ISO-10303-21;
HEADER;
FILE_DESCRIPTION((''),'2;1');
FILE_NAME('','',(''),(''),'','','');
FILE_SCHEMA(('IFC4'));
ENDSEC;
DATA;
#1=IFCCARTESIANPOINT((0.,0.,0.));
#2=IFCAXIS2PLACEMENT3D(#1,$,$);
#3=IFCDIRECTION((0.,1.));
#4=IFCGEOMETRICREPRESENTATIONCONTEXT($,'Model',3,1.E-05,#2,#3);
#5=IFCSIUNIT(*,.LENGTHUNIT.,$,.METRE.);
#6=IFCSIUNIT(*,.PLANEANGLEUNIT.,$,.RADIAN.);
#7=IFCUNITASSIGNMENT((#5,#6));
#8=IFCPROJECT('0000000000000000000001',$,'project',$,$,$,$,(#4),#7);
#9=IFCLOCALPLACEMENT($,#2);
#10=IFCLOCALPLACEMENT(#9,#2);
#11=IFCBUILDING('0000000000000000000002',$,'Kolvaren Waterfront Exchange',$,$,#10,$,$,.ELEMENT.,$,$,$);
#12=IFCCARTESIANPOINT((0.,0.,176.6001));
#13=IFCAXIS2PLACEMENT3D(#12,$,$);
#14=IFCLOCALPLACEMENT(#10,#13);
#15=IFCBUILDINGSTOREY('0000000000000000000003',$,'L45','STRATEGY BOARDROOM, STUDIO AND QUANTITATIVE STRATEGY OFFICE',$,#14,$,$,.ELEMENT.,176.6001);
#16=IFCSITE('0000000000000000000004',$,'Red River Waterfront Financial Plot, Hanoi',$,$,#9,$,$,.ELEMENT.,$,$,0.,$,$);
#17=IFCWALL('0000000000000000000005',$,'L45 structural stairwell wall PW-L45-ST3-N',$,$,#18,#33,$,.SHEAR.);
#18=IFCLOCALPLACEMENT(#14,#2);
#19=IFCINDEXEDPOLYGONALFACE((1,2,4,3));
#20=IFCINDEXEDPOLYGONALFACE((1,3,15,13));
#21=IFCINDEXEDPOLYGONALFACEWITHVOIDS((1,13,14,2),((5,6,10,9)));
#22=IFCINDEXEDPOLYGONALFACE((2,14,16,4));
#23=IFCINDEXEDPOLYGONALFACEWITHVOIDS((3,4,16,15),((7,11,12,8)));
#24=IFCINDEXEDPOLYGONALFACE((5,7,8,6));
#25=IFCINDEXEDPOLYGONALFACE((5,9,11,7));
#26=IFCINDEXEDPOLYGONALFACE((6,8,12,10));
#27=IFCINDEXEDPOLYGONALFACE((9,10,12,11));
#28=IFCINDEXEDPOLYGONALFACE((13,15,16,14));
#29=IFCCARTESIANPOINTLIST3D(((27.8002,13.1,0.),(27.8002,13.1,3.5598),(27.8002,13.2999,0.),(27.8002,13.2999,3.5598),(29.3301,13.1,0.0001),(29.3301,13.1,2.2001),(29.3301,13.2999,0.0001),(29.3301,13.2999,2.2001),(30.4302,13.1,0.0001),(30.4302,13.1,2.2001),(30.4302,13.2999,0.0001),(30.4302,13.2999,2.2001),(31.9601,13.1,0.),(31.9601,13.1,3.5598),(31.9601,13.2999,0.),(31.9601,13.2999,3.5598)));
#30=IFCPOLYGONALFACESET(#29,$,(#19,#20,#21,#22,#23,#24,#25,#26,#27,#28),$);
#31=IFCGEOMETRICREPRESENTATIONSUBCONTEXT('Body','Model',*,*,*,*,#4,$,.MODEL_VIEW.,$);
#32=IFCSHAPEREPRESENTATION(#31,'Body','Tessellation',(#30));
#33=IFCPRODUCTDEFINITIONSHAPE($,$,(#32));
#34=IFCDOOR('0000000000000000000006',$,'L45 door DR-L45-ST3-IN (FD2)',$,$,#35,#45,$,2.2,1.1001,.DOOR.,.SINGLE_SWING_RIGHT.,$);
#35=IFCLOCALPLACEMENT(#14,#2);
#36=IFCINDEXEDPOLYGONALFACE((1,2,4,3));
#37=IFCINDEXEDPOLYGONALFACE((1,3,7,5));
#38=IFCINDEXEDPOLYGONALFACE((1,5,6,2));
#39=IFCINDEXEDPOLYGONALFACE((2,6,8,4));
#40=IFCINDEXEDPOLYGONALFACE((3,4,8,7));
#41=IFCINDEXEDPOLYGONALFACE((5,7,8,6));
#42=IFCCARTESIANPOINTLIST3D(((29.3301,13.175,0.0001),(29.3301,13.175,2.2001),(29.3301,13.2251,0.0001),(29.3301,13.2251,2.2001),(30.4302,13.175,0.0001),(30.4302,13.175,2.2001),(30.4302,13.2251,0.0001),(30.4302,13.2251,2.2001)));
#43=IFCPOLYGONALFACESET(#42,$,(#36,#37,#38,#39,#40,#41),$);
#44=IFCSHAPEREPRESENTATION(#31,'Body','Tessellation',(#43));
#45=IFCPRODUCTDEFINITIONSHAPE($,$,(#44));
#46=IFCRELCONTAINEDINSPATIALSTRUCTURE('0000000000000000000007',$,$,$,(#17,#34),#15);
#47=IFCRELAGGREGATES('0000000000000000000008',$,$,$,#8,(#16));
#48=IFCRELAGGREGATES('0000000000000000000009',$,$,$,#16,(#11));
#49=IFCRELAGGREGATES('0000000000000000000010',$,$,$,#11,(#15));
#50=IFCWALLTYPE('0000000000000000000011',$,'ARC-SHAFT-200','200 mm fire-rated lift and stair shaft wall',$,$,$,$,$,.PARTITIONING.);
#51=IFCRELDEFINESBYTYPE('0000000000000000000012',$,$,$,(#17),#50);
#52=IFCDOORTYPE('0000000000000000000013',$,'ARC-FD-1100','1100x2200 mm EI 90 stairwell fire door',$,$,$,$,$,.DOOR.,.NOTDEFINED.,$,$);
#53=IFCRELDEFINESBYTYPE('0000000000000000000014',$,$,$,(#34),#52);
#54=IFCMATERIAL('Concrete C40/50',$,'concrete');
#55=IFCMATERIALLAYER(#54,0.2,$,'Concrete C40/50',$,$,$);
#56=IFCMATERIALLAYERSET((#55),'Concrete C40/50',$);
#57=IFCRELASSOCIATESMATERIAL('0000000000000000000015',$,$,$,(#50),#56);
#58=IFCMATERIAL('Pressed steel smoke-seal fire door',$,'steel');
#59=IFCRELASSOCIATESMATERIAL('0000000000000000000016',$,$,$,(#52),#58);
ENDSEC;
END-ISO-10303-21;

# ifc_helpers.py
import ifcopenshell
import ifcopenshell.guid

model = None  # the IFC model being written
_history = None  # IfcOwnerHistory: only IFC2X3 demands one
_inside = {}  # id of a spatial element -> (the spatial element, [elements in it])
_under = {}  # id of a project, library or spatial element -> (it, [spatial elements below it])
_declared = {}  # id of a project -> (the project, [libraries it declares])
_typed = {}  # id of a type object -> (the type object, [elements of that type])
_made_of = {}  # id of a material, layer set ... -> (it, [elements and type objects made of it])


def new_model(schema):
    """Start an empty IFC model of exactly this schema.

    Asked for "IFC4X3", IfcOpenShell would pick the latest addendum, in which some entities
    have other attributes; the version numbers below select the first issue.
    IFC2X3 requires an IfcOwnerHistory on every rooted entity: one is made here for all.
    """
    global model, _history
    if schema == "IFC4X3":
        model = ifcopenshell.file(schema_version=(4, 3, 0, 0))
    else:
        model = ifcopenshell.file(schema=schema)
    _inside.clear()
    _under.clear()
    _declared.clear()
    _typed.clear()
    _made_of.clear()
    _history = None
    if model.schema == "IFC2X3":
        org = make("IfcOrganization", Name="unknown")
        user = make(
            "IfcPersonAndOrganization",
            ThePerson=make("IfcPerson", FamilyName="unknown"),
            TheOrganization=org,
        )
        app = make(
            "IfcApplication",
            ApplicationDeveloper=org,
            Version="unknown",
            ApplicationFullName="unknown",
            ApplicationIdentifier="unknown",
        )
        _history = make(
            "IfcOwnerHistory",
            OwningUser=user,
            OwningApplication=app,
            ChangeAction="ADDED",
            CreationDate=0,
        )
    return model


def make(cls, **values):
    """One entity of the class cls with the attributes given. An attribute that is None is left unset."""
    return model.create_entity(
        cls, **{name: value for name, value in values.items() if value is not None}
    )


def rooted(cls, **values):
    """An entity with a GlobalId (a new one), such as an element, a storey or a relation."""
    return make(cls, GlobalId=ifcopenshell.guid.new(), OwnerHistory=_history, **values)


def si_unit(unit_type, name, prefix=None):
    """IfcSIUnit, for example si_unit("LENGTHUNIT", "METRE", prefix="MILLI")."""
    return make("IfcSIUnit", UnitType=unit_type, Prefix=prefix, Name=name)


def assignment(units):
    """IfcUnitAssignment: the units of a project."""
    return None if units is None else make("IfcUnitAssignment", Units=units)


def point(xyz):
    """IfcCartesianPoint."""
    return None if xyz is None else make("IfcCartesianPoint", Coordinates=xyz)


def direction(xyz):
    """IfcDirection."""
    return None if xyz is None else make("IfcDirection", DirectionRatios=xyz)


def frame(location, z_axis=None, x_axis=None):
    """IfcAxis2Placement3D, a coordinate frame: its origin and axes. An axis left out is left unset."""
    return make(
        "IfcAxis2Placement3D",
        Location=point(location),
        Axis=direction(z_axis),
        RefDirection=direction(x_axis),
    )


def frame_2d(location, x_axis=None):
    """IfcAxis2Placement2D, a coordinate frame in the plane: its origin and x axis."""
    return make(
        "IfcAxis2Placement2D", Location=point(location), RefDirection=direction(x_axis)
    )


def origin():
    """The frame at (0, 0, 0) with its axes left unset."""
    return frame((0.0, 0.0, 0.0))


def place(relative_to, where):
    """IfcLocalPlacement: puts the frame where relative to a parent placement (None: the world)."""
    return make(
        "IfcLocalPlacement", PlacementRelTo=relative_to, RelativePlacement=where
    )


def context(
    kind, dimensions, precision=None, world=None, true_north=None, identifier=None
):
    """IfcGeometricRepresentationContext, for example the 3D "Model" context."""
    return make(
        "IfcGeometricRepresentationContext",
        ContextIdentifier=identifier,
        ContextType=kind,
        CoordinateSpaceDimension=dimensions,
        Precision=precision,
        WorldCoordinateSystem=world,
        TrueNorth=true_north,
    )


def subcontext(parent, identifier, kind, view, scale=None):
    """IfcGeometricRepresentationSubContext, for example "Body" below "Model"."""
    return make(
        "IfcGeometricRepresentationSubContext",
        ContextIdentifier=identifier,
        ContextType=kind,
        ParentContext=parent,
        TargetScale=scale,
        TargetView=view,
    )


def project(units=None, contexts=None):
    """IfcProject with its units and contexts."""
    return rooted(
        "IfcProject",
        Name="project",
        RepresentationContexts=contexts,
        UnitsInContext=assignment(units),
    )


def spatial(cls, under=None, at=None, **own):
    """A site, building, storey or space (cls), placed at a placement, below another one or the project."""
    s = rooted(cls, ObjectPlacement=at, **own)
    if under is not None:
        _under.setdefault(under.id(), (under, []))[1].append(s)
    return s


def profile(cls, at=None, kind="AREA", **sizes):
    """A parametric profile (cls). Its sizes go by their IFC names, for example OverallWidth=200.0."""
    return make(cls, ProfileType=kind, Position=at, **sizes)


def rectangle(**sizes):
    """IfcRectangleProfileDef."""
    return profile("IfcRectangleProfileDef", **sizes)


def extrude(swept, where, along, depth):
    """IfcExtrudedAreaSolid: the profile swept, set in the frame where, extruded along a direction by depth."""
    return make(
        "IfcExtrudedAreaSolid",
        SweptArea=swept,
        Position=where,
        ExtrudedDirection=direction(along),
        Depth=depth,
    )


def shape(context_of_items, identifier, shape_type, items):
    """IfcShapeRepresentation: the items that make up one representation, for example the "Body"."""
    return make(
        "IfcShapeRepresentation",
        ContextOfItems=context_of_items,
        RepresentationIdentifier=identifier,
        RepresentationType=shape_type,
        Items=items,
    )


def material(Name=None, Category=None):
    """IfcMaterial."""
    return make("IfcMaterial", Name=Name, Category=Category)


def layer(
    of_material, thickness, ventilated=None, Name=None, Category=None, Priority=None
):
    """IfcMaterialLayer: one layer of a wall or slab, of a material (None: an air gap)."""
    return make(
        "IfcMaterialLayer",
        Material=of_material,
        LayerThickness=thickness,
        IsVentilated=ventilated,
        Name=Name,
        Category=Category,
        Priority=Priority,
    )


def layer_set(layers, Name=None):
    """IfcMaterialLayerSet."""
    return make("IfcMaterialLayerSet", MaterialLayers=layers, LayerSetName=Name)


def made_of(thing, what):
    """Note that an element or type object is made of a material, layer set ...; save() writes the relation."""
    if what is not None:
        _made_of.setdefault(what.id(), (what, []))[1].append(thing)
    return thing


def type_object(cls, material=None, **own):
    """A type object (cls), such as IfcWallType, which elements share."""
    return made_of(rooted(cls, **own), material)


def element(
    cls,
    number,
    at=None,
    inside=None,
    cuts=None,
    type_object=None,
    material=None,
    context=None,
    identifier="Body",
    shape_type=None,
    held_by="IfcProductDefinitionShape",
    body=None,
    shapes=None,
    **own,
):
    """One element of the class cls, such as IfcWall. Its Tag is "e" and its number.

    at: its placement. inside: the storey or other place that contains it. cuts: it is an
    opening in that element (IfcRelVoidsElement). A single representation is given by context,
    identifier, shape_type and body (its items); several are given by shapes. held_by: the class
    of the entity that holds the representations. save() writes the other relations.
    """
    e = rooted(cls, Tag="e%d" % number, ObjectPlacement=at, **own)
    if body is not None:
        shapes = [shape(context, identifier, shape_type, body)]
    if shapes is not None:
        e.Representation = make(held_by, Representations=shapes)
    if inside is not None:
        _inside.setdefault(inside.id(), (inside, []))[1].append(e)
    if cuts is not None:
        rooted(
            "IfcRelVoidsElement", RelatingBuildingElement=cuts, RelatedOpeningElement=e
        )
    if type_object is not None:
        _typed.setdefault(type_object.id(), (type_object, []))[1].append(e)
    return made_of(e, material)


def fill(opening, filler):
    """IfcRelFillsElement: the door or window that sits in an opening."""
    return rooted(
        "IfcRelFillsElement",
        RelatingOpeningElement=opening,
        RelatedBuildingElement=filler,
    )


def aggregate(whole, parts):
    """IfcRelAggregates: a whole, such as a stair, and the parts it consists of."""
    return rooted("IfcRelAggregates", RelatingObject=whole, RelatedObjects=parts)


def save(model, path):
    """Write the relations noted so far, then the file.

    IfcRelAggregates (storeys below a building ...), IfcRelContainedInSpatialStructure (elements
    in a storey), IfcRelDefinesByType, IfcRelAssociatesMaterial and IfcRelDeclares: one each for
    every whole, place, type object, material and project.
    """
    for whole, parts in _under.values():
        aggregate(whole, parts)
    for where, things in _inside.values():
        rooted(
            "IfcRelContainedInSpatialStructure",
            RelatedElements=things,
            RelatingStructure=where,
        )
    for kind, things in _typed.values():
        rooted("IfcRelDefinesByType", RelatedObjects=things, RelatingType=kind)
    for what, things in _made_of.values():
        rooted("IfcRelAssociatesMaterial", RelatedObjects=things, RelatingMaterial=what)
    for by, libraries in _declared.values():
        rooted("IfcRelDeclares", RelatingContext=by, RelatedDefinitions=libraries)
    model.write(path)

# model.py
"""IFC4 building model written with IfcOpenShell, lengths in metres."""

from ifc_helpers import new_model, si_unit, direction, frame, frame_2d, origin, place, context, subcontext, project, spatial, rectangle, extrude, material, layer, layer_set, type_object, element, fill, save


model = new_model("IFC4")

# Units and contexts
model_context = context("Model", 3, precision=1e-05, world=origin(), true_north=direction((0.0, 1.0)))
body_context = subcontext(model_context, "Body", "Model", "MODEL_VIEW")
ifc_project = project(units=[si_unit("LENGTHUNIT", "METRE"), si_unit("PLANEANGLEUNIT", "RADIAN")], contexts=[model_context])

# Site, building, storey
site_placement = place(None, origin())
site = spatial("IfcSite", under=ifc_project, at=site_placement, Name="Red River Waterfront Financial Plot, Hanoi", CompositionType="ELEMENT", RefElevation=0.0)
building_placement = place(site_placement, origin())
building = spatial("IfcBuilding", under=site, at=building_placement, Name="Kolvaren Waterfront Exchange", CompositionType="ELEMENT")
storey_placement = place(building_placement, frame((0.0, 0.0, 176.6001)))
storey = spatial("IfcBuildingStorey", under=building, at=storey_placement, Name="L45", Description="STRATEGY BOARDROOM, STUDIO AND QUANTITATIVE STRATEGY OFFICE", CompositionType="ELEMENT", Elevation=176.6001)

# Wall, opening, door
ifc_material_1 = material(Name="Concrete C40/50", Category="concrete")
ifc_layer_1 = layer(ifc_material_1, 0.2, Name="Concrete C40/50")
ifc_layer_set_1 = layer_set([ifc_layer_1], Name="Concrete C40/50")
wall_type_1 = type_object("IfcWallType", Name="ARC-SHAFT-200", Description="200 mm fire-rated lift and stair shaft wall", PredefinedType="PARTITIONING", material=ifc_layer_set_1)
wall_1_placement = place(storey_placement, frame((27.8, 13.2, 0.0), z_axis=(0.0, 0.0, 1.0), x_axis=(1.0, 0.0, 0.0)))
wall_1 = element("IfcWall", 1, at=wall_1_placement, inside=storey, type_object=wall_type_1, Name="L45 structural stairwell wall PW-L45-ST3-N", PredefinedType="SHEAR", context=body_context, shape_type="SweptSolid", body=[
    extrude(rectangle(XDim=4.1599, YDim=0.2, at=frame_2d((2.0801, 0.0))), origin(), (0.0, 0.0, 1.0), 3.5598),
])
opening_1_placement = place(wall_1_placement, frame((1.53, 0.0, 0.0)))
opening_1 = element("IfcOpeningElement", 2, at=opening_1_placement, cuts=wall_1, PredefinedType="OPENING", context=body_context, shape_type="SweptSolid", body=[
    extrude(rectangle(XDim=1.1001, YDim=2.2, at=frame_2d((0.55, 1.1001))), frame((0.0, 0.1099, 0.0), z_axis=(0.0, -1.0, 0.0), x_axis=(1.0, 0.0, 0.0)), (0.0, 0.0, 1.0), 0.22),
])
ifc_material_2 = material(Name="Pressed steel smoke-seal fire door", Category="steel")
door_type_1 = type_object("IfcDoorType", Name="ARC-FD-1100", Description="1100x2200 mm EI 90 stairwell fire door", OperationType="NOTDEFINED", PredefinedType="DOOR", material=ifc_material_2)
door_1_placement = place(opening_1_placement, frame((1.1001, 0.0, 0.0), z_axis=(0.0, 0.0, 1.0), x_axis=(-1.0, 0.0, 0.0)))
door_1 = element("IfcDoor", 3, at=door_1_placement, inside=storey, type_object=door_type_1, Name="L45 door DR-L45-ST3-IN (FD2)", OperationType="SINGLE_SWING_RIGHT", OverallHeight=2.2, OverallWidth=1.1001, PredefinedType="DOOR", context=body_context, shape_type="SweptSolid", body=[
    extrude(rectangle(XDim=1.1001, YDim=2.2, at=frame_2d((0.55, 1.1001))), frame((0.0, 0.0249, 0.0), z_axis=(0.0, -1.0, 0.0), x_axis=(1.0, 0.0, 0.0)), (0.0, 0.0, 1.0), 0.05),
])
fill(opening_1, door_1)

save(model, "model.ifc")
